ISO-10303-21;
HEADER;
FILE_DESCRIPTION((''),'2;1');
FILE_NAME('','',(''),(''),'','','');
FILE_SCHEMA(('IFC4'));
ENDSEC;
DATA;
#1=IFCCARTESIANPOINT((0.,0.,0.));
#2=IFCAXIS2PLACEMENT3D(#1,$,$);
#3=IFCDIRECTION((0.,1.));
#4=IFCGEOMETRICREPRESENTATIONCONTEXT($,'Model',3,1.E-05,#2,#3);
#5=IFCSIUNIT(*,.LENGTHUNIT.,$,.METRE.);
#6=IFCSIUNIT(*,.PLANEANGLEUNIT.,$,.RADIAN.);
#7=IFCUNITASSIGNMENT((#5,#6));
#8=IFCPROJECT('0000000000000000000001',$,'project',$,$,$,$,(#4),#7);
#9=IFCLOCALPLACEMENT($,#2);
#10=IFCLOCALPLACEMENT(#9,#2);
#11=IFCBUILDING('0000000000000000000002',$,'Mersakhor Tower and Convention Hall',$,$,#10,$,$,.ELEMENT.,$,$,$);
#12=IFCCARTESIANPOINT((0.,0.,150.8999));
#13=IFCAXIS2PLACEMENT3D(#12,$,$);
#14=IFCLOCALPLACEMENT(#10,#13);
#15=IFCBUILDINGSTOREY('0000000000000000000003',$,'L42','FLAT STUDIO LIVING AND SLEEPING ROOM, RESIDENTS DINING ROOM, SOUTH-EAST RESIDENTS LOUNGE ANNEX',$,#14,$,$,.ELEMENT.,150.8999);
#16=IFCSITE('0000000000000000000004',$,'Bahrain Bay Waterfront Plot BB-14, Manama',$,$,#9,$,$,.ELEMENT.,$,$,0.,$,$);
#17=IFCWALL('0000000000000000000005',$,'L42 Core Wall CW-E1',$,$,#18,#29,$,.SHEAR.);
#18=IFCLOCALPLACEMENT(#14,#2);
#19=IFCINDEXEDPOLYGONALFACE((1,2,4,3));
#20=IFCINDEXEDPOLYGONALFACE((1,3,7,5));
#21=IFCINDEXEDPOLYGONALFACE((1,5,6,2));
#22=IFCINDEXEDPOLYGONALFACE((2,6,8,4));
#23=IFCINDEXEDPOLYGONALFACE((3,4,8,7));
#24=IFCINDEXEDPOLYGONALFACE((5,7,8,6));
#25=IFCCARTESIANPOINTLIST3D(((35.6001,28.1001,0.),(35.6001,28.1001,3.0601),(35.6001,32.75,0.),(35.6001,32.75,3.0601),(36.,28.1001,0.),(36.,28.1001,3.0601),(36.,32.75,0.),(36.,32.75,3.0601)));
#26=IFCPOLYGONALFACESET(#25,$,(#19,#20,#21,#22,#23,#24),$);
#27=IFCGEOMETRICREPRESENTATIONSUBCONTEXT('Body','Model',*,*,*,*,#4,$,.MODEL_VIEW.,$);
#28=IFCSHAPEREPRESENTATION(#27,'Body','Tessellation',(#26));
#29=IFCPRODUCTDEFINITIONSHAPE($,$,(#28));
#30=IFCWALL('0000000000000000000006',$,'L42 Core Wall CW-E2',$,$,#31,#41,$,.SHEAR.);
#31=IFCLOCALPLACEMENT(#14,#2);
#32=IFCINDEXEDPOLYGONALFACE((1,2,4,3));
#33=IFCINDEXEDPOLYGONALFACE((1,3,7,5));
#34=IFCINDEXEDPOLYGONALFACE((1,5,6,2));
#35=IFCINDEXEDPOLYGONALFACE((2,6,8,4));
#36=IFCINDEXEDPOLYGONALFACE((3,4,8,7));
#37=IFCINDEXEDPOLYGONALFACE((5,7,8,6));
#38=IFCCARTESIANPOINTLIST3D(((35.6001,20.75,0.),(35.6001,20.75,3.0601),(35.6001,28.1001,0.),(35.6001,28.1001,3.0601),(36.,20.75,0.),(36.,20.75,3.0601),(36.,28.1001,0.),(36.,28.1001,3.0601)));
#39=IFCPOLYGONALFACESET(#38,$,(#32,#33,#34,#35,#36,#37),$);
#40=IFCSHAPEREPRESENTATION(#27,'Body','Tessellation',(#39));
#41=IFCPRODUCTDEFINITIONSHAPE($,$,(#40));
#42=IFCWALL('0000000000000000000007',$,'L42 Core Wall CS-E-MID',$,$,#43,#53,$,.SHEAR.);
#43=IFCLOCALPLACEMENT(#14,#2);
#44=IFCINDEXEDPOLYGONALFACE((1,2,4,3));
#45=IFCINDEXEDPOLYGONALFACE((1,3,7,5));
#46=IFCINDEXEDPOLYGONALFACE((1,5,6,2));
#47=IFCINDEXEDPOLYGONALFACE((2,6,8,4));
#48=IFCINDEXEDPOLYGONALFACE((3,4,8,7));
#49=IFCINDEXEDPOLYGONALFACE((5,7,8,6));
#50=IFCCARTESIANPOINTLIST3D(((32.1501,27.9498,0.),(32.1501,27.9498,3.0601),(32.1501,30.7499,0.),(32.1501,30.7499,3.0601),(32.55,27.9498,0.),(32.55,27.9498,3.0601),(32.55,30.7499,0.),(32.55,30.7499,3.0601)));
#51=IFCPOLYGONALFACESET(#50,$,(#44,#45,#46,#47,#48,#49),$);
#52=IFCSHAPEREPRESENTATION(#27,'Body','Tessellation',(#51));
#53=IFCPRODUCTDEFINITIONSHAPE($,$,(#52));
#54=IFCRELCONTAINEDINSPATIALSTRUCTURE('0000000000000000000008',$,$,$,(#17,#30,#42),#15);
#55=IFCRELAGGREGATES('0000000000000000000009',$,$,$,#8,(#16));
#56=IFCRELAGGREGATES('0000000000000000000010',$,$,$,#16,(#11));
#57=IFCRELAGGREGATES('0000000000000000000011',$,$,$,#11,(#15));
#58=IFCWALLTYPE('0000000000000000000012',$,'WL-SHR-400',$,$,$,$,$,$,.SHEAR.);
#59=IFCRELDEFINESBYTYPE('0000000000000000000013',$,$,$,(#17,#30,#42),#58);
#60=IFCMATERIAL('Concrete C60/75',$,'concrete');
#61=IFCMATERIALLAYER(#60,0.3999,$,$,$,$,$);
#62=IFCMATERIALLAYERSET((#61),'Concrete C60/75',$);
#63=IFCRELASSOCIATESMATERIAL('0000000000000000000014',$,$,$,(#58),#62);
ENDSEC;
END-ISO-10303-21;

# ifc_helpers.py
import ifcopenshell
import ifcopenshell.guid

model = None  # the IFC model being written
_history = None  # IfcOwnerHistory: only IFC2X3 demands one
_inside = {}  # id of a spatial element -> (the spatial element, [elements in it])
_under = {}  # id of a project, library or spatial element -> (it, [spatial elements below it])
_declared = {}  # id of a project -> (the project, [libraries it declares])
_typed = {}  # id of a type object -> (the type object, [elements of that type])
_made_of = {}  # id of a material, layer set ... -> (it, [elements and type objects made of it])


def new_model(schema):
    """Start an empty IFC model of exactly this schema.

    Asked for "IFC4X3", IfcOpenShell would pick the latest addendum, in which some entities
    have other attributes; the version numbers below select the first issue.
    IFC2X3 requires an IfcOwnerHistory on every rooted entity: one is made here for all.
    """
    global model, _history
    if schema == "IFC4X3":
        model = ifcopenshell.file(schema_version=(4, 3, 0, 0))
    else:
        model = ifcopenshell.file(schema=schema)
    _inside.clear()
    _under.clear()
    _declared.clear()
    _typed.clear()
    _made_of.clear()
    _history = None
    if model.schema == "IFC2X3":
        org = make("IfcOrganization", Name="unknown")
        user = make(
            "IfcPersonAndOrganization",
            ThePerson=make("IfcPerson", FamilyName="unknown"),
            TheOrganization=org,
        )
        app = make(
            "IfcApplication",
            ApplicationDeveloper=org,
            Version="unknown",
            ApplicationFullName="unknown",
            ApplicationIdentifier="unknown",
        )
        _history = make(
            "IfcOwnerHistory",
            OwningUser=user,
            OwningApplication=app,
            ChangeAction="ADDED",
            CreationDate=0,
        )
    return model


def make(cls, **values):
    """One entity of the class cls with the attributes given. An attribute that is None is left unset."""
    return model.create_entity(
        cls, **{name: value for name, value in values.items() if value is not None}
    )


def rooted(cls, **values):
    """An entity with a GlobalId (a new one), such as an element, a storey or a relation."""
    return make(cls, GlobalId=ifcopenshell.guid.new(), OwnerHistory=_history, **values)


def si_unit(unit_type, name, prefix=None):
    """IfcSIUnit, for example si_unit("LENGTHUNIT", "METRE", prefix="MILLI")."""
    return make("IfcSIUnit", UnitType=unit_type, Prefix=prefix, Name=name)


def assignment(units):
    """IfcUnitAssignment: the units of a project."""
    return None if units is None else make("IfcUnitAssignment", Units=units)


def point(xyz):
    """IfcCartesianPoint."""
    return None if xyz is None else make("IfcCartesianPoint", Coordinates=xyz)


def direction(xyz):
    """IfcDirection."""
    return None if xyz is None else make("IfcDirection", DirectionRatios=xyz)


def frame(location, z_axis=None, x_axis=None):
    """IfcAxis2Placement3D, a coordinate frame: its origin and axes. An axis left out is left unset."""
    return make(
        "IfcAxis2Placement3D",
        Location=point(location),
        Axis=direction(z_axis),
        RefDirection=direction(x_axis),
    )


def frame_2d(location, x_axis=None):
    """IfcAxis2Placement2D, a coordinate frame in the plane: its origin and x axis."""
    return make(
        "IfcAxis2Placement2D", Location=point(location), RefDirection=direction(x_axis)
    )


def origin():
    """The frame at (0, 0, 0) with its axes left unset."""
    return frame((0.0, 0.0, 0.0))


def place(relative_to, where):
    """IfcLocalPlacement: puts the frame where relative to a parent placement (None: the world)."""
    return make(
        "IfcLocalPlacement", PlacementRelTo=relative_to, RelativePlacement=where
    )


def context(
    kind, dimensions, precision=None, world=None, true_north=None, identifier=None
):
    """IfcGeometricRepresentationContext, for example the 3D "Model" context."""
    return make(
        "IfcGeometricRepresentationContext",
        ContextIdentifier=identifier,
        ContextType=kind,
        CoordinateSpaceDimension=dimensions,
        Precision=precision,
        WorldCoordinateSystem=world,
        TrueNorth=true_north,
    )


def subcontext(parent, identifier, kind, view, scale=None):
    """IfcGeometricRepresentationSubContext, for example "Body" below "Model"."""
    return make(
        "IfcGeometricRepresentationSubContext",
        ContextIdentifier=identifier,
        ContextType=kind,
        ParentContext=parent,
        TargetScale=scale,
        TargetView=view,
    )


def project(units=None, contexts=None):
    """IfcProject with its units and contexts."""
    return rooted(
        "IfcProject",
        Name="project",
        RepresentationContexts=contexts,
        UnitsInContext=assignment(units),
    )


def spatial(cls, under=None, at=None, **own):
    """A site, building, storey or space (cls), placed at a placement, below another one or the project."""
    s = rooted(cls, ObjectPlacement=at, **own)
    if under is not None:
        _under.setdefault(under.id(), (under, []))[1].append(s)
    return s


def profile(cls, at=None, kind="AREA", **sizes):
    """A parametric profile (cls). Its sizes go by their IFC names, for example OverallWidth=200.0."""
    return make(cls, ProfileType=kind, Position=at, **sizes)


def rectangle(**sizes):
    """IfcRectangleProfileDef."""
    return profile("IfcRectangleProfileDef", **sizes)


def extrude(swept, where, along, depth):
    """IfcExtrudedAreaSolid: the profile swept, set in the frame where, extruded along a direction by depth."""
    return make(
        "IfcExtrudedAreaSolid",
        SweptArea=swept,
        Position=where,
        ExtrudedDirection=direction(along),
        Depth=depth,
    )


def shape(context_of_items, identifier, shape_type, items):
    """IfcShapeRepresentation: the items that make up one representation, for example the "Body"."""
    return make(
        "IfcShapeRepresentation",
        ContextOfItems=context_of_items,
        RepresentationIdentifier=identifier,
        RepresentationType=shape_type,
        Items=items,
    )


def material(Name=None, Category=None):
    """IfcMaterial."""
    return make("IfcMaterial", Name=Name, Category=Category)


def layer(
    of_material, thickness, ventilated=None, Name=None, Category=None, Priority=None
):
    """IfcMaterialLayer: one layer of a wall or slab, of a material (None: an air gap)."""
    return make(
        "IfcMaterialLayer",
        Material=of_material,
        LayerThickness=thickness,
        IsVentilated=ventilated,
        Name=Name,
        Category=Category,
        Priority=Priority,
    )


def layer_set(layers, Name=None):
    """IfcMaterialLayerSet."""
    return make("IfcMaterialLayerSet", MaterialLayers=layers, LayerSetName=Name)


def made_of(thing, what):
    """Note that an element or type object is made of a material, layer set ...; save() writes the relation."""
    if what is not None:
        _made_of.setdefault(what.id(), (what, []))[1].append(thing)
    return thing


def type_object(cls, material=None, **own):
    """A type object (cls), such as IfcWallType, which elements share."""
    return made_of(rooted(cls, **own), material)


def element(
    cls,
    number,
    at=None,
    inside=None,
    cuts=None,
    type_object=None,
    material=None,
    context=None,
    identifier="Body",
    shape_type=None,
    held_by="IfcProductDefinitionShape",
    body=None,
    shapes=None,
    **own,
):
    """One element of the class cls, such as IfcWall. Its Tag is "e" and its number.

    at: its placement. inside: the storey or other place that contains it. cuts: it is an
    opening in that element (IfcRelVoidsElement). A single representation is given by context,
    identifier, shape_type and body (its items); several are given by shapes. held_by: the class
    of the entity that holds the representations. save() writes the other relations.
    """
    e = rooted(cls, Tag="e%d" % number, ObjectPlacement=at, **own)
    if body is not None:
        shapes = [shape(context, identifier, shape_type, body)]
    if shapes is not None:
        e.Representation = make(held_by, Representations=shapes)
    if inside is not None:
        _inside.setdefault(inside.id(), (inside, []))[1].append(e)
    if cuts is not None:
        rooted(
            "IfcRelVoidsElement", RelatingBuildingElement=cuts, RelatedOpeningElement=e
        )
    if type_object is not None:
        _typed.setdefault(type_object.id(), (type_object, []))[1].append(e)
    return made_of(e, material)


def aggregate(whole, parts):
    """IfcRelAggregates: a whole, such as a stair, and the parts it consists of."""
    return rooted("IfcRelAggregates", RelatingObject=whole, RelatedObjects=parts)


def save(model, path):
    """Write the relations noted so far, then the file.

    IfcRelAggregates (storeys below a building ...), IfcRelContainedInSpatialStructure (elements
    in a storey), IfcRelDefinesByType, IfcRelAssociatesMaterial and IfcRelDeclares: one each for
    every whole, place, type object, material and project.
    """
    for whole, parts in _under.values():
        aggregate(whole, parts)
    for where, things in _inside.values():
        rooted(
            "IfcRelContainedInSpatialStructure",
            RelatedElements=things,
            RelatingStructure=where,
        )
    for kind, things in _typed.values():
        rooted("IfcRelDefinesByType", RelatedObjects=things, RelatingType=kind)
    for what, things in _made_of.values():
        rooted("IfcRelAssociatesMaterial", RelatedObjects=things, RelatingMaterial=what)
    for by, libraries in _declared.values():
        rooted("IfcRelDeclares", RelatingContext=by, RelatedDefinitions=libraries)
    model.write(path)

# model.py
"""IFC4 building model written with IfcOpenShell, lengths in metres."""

from ifc_helpers import new_model, si_unit, direction, frame, frame_2d, origin, place, context, subcontext, project, spatial, rectangle, extrude, material, layer, layer_set, type_object, element, save


model = new_model("IFC4")

# Units and contexts
model_context = context("Model", 3, precision=1e-05, world=origin(), true_north=direction((0.0, 1.0)))
body_context = subcontext(model_context, "Body", "Model", "MODEL_VIEW")
ifc_project = project(units=[si_unit("LENGTHUNIT", "METRE"), si_unit("PLANEANGLEUNIT", "RADIAN")], contexts=[model_context])

# Site, building, storey
site_placement = place(None, origin())
site = spatial("IfcSite", under=ifc_project, at=site_placement, Name="Bahrain Bay Waterfront Plot BB-14, Manama", CompositionType="ELEMENT", RefElevation=0.0)
building_placement = place(site_placement, origin())
building = spatial("IfcBuilding", under=site, at=building_placement, Name="Mersakhor Tower and Convention Hall", CompositionType="ELEMENT")
storey_placement = place(building_placement, frame((0.0, 0.0, 150.8999)))
storey = spatial("IfcBuildingStorey", under=building, at=storey_placement, Name="L42", Description="FLAT STUDIO LIVING AND SLEEPING ROOM, RESIDENTS DINING ROOM, SOUTH-EAST RESIDENTS LOUNGE ANNEX", CompositionType="ELEMENT", Elevation=150.8999)

# Shared definitions
ifc_material_1 = material(Name="Concrete C60/75", Category="concrete")
ifc_layer_1 = layer(ifc_material_1, 0.3999)
ifc_layer_set_1 = layer_set([ifc_layer_1], Name="Concrete C60/75")
wall_type_1 = type_object("IfcWallType", Name="WL-SHR-400", PredefinedType="SHEAR", material=ifc_layer_set_1)

# Walls
wall_1_placement = place(storey_placement, frame((35.8, 32.75, 0.0), z_axis=(0.0, 0.0, 1.0), x_axis=(0.0, -1.0, 0.0)))
element("IfcWall", 1, at=wall_1_placement, inside=storey, type_object=wall_type_1, Name="L42 Core Wall CW-E1", PredefinedType="SHEAR", context=body_context, shape_type="SweptSolid", body=[
    extrude(rectangle(XDim=4.6499, YDim=0.3999, at=frame_2d((2.325, 0.0))), origin(), (0.0, 0.0, 1.0), 3.0601),
])
wall_2_placement = place(storey_placement, frame((35.8, 28.1001, 0.0), z_axis=(0.0, 0.0, 1.0), x_axis=(0.0, -1.0, 0.0)))
element("IfcWall", 2, at=wall_2_placement, inside=storey, type_object=wall_type_1, Name="L42 Core Wall CW-E2", PredefinedType="SHEAR", context=body_context, shape_type="SweptSolid", body=[
    extrude(rectangle(XDim=7.3501, YDim=0.3999, at=frame_2d((3.675, 0.0))), origin(), (0.0, 0.0, 1.0), 3.0601),
])
wall_3_placement = place(storey_placement, frame((32.3501, 27.95, 0.0), z_axis=(0.0, 0.0, 1.0), x_axis=(0.0, 1.0, 0.0)))
element("IfcWall", 3, at=wall_3_placement, inside=storey, type_object=wall_type_1, Name="L42 Core Wall CS-E-MID", PredefinedType="SHEAR", context=body_context, shape_type="SweptSolid", body=[
    extrude(rectangle(XDim=2.8, YDim=0.3999, at=frame_2d((1.3999, 0.0))), origin(), (0.0, 0.0, 1.0), 3.0601),
])

save(model, "model.ifc")
